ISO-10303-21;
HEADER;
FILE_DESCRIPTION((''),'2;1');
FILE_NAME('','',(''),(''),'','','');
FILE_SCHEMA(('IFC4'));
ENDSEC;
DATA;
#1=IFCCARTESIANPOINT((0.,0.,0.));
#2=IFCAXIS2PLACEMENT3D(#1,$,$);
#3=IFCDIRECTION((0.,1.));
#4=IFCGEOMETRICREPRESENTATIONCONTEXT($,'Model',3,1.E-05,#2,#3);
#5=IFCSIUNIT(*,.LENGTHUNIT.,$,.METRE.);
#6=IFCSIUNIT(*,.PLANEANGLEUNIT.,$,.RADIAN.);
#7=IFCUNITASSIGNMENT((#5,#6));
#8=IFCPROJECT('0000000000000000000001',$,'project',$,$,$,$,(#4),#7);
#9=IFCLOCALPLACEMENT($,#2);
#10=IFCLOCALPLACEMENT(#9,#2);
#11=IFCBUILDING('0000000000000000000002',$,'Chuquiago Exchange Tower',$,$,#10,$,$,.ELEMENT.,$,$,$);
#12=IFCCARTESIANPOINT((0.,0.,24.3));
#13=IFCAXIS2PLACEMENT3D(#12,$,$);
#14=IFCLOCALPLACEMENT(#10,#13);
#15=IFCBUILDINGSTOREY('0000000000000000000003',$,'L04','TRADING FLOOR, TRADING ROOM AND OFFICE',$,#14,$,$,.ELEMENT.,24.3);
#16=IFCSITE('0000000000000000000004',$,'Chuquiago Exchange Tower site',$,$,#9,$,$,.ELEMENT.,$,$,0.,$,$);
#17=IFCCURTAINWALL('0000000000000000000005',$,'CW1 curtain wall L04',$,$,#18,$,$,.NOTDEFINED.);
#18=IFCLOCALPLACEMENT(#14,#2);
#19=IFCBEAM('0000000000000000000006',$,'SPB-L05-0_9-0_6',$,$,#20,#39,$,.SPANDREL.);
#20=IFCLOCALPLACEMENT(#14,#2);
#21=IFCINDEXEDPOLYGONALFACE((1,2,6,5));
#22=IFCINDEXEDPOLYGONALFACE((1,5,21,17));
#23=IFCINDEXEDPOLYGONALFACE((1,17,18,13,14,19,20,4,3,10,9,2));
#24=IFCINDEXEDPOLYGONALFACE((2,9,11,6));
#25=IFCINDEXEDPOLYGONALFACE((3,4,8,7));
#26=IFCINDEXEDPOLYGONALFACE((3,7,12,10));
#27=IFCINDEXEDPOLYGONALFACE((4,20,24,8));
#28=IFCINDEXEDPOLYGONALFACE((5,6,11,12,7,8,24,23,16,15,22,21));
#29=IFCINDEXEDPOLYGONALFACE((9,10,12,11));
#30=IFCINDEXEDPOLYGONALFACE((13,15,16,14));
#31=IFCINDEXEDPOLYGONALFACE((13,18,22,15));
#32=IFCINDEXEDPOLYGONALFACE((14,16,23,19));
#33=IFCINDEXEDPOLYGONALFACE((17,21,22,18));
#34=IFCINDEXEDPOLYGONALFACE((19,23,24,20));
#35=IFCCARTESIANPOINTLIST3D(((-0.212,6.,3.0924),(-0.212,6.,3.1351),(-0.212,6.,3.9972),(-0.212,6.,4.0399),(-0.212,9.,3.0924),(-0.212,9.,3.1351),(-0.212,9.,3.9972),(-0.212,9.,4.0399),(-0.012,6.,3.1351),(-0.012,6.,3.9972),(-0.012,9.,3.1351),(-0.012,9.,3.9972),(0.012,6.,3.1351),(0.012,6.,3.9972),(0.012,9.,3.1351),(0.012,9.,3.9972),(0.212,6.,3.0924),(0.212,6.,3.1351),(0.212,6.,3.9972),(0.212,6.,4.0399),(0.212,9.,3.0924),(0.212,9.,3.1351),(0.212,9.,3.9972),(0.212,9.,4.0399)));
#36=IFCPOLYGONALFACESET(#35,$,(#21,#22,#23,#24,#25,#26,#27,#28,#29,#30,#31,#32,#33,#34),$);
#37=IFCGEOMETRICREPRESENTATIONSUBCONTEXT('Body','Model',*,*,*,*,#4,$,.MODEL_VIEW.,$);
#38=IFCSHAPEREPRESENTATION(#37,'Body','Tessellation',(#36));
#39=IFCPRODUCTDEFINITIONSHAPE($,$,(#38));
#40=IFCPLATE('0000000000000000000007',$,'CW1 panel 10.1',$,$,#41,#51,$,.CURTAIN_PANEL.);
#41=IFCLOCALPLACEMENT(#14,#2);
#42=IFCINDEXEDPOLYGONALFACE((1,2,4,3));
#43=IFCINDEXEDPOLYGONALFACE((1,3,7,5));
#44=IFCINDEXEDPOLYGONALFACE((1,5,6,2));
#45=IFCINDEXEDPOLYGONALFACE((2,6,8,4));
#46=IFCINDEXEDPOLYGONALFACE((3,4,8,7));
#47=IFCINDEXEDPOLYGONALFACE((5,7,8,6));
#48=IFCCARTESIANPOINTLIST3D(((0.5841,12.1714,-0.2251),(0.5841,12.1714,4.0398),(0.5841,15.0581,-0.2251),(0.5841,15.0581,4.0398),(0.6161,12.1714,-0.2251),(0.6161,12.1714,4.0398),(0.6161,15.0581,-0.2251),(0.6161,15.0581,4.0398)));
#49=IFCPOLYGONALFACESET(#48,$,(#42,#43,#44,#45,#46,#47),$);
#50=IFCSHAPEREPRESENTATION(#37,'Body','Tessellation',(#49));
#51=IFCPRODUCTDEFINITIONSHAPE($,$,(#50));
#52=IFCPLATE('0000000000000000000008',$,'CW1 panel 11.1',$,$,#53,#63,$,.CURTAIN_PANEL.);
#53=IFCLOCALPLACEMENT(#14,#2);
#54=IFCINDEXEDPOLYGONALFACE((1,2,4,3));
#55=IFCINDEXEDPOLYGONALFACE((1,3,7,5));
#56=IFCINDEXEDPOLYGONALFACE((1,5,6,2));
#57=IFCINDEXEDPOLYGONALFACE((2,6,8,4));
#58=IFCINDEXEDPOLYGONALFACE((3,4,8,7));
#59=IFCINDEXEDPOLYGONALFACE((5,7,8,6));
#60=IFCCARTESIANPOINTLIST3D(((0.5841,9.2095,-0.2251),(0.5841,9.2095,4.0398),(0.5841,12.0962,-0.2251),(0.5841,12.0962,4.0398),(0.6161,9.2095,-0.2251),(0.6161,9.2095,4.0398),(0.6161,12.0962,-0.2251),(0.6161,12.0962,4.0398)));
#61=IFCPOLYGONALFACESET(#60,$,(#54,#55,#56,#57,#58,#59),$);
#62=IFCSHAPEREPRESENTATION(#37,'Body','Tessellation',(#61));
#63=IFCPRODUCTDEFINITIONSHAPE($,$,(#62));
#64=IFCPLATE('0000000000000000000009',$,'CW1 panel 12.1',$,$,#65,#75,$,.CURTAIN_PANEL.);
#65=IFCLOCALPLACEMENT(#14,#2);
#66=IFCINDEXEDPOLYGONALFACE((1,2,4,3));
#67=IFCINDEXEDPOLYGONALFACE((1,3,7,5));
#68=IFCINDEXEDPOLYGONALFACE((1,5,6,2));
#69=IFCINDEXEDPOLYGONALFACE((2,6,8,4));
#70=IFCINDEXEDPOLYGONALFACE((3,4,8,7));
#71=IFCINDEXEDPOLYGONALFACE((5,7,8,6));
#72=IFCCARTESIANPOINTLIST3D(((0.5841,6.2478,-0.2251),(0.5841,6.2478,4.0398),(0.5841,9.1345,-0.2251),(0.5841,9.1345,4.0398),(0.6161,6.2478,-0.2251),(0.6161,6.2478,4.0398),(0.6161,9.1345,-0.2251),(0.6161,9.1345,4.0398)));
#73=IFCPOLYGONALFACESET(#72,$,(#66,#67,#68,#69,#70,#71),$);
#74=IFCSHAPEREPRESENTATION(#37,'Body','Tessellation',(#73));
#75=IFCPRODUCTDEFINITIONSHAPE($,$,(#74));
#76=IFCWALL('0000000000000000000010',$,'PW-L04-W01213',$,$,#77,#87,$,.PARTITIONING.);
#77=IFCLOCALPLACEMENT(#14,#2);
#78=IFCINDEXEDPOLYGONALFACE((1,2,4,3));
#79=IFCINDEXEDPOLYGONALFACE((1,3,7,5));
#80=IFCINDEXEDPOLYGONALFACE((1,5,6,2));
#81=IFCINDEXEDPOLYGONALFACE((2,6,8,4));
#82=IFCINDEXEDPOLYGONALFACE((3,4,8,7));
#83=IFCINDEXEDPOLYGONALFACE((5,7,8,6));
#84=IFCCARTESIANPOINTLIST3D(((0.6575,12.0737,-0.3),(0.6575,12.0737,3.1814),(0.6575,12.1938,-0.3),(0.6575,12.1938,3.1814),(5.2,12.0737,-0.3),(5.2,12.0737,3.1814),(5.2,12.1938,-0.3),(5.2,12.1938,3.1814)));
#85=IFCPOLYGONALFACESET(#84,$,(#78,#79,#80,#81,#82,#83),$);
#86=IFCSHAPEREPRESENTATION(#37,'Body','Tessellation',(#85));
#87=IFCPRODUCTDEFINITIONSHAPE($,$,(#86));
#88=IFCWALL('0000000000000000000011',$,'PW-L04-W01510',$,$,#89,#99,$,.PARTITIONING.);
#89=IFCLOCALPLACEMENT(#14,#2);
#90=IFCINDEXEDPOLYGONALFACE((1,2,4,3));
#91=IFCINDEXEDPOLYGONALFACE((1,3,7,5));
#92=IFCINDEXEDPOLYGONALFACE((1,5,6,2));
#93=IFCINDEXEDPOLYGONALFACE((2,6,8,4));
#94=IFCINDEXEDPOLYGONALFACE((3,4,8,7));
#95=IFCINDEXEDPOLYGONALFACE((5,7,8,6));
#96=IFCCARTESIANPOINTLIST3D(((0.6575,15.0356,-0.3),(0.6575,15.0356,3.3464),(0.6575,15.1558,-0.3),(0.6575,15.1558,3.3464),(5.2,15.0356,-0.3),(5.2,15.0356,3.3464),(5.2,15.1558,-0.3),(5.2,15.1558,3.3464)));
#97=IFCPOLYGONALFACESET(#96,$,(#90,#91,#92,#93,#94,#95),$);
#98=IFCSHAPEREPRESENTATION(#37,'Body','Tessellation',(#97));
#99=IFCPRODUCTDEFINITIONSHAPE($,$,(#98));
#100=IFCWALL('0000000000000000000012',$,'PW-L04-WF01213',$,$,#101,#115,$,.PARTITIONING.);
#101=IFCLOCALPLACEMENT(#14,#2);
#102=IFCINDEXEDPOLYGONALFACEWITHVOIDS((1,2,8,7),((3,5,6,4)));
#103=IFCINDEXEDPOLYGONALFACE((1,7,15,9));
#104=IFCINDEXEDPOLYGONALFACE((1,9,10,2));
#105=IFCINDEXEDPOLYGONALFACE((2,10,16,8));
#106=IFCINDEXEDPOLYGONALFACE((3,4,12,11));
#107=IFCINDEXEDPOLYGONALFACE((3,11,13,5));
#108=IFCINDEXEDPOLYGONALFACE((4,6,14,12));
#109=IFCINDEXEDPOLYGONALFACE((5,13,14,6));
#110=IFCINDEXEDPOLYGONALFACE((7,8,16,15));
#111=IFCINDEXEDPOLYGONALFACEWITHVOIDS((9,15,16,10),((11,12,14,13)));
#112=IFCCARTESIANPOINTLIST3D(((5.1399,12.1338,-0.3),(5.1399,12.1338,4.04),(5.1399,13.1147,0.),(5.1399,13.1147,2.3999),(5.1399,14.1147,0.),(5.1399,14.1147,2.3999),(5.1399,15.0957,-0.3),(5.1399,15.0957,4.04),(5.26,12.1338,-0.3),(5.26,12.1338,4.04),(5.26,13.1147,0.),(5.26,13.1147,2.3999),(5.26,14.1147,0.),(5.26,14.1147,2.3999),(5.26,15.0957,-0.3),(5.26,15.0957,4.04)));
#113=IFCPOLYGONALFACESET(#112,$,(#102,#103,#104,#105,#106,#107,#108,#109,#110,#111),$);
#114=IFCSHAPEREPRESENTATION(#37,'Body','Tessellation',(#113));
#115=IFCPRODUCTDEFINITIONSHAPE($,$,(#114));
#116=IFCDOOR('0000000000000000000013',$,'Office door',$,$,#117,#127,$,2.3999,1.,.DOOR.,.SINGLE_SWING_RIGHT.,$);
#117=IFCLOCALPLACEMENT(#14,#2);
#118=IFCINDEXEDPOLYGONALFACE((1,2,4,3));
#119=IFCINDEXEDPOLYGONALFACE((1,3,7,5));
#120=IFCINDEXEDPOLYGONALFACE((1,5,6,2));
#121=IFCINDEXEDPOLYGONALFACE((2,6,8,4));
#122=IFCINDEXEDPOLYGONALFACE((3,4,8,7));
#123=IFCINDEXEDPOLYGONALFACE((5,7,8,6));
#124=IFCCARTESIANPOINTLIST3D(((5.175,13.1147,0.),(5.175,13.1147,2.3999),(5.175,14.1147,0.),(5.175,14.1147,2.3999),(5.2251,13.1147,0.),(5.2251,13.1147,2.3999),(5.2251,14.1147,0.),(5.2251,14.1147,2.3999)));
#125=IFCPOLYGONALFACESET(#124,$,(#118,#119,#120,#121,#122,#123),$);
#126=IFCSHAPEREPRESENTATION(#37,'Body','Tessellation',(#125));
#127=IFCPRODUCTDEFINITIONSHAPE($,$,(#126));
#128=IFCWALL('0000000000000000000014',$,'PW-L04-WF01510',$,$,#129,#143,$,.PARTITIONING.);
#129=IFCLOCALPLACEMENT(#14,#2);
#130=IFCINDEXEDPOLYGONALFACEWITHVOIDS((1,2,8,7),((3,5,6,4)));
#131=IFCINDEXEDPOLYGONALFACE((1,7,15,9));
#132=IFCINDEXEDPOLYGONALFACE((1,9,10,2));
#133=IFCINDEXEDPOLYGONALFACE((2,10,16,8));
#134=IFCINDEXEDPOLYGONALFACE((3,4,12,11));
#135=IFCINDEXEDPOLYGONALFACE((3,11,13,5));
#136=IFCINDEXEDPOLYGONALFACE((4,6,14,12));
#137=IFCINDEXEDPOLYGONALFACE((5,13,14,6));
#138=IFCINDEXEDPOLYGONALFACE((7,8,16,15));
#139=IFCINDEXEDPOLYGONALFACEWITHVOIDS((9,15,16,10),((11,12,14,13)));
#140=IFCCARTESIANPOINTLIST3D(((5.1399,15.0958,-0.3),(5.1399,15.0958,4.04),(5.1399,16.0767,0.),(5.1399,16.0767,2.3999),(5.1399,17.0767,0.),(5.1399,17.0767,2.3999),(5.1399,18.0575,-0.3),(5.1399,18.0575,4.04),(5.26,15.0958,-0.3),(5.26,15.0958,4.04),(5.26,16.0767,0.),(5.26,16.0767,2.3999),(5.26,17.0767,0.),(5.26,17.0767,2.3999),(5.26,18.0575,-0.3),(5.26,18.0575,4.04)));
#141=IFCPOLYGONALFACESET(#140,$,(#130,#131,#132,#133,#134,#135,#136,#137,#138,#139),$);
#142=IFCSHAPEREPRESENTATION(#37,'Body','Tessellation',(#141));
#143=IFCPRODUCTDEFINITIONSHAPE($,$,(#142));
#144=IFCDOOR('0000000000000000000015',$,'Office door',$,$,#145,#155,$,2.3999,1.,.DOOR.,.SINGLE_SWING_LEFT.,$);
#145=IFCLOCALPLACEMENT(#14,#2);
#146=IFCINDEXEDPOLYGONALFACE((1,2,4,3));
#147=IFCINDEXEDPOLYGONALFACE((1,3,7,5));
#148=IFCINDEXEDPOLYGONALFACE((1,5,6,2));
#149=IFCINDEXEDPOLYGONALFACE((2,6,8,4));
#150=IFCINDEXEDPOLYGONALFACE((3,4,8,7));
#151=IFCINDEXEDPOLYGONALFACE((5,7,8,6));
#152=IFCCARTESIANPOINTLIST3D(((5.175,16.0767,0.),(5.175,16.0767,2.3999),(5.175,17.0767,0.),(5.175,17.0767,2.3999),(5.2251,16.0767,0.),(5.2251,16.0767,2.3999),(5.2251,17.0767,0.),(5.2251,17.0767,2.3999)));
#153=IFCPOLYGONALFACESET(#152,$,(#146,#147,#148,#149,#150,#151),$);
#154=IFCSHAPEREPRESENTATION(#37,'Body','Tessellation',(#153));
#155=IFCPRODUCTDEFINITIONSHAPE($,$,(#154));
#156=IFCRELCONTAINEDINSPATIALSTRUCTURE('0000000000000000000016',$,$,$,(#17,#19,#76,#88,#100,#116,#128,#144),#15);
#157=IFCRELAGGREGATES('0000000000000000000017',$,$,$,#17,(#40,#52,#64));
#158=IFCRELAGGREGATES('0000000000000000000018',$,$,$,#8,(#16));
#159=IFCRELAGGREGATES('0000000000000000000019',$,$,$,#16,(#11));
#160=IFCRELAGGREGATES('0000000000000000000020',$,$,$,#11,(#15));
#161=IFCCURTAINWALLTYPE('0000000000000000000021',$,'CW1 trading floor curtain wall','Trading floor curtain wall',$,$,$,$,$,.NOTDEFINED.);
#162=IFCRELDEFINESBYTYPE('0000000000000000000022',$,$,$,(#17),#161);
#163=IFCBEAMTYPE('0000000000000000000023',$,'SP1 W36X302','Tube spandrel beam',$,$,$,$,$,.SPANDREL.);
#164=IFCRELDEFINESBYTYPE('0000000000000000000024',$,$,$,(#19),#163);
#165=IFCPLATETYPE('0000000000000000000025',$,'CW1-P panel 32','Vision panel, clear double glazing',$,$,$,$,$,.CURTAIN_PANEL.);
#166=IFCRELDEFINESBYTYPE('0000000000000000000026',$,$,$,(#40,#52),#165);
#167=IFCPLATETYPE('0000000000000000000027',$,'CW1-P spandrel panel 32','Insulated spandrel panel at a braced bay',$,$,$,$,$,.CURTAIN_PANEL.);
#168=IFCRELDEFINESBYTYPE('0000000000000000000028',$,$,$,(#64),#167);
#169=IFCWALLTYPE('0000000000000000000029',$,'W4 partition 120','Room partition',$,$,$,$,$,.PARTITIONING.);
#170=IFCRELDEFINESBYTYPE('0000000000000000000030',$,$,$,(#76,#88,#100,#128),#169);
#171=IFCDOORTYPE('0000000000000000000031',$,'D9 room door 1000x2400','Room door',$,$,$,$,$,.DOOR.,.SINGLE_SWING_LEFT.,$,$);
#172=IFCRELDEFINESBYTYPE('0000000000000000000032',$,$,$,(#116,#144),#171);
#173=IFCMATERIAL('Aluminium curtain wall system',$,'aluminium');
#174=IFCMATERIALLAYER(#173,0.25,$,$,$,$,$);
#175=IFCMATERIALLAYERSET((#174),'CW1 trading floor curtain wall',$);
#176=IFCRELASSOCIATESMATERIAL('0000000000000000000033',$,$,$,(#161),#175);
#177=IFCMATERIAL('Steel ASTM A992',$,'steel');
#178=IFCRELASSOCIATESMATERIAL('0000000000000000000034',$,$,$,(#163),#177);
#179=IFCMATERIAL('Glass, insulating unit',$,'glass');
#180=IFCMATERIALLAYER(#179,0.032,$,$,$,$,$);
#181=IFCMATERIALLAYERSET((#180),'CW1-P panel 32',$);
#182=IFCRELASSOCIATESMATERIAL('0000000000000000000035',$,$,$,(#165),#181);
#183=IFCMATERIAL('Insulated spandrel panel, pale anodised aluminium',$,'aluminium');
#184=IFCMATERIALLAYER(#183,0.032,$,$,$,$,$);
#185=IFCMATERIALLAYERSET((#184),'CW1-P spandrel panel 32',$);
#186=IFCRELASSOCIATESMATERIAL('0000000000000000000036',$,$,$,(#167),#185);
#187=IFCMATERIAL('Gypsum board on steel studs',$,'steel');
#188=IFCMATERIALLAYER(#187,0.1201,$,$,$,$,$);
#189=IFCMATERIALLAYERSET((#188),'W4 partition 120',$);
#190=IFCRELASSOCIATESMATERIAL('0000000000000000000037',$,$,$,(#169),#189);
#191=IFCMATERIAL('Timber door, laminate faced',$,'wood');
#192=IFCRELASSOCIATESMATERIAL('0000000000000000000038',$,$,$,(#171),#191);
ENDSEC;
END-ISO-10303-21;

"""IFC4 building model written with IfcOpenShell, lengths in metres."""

from ifc_helpers import new_model, si_unit, direction, frame, frame_2d, origin, origin_2d, place, context, subcontext, project, spatial, rectangle, i_section, extrude, material, layer, layer_set, material_profile, profile_set, type_object, element, fill, aggregate, save


model = new_model("IFC4")

# Units and contexts
model_context = context("Model", 3, precision=1e-05, world=origin(), true_north=direction((0.0, 1.0)))
body_context = subcontext(model_context, "Body", "Model", "MODEL_VIEW")
ifc_project = project(units=[si_unit("LENGTHUNIT", "METRE"), si_unit("PLANEANGLEUNIT", "RADIAN")], contexts=[model_context])

# Site, building, storey
site_placement = place(None, origin())
site = spatial("IfcSite", under=ifc_project, at=site_placement, Name="Chuquiago Exchange Tower site", CompositionType="ELEMENT", RefElevation=0.0)
building_placement = place(site_placement, origin())
building = spatial("IfcBuilding", under=site, at=building_placement, Name="Chuquiago Exchange Tower", CompositionType="ELEMENT")
storey_placement = place(building_placement, frame((0.0, 0.0, 24.3)))
storey = spatial("IfcBuildingStorey", under=building, at=storey_placement, Name="L04", Description="TRADING FLOOR, TRADING ROOM AND OFFICE", CompositionType="ELEMENT", Elevation=24.3)

# Curtain wall
ifc_material_1 = material(Name="Aluminium curtain wall system", Category="aluminium")
ifc_layer_1 = layer(ifc_material_1, 0.25)
ifc_layer_set_1 = layer_set([ifc_layer_1], Name="CW1 trading floor curtain wall")
curtain_wall_type = type_object("IfcCurtainWallType", Name="CW1 trading floor curtain wall", Description="Trading floor curtain wall", PredefinedType="NOTDEFINED", material=ifc_layer_set_1)
curtain_wall_placement = place(storey_placement, origin())
curtain_wall = element("IfcCurtainWall", 1, at=curtain_wall_placement, inside=storey, type_object=curtain_wall_type, Name="CW1 curtain wall L04", PredefinedType="NOTDEFINED")

# Beam
ifc_material_2 = material(Name="Steel ASTM A992", Category="steel")
ifc_material_profile_1 = material_profile(ifc_material_2, i_section(OverallWidth=0.4241, OverallDepth=0.9475, WebThickness=0.0239, FlangeThickness=0.0427, at=origin_2d()), Name="W36X302")
ifc_profile_set_1 = profile_set([ifc_material_profile_1], Name="Steel ASTM A992")
beam_type = type_object("IfcBeamType", Name="SP1 W36X302", Description="Tube spandrel beam", PredefinedType="SPANDREL", material=ifc_profile_set_1)
for number, where, z_axis, x_axis, name in (
    (2, (0.0, 9.0, 3.5662), (0.0, -1.0, 0.0), (1.0, 0.0, 0.0), "SPB-L05-0_9-0_6"),
):
    element("IfcBeam", number, at=place(storey_placement, frame(where, z_axis=z_axis, x_axis=x_axis)), inside=storey, type_object=beam_type, Name=name, PredefinedType="SPANDREL", context=body_context, shape_type="SweptSolid", body=[
        extrude(i_section(OverallWidth=0.4241, OverallDepth=0.9475, WebThickness=0.0239, FlangeThickness=0.0427, at=origin_2d()), origin(), (0.0, 0.0, 1.0), 3.0),
    ])

# Plates
ifc_material_3 = material(Name="Glass, insulating unit", Category="glass")
ifc_layer_2 = layer(ifc_material_3, 0.032)
ifc_layer_set_2 = layer_set([ifc_layer_2], Name="CW1-P panel 32")
plate_type_1 = type_object("IfcPlateType", Name="CW1-P panel 32", Description="Vision panel, clear double glazing", PredefinedType="CURTAIN_PANEL", material=ifc_layer_set_2)
plate_1_placement = place(storey_placement, frame((0.6001, 13.6147, -0.2251), z_axis=(0.0, 0.0, 1.0), x_axis=(0.0, -1.0, 0.0)))
plate_1 = element("IfcPlate", 3, at=plate_1_placement, type_object=plate_type_1, Name="CW1 panel 10.1", PredefinedType="CURTAIN_PANEL", context=body_context, shape_type="SweptSolid", body=[
    extrude(rectangle(XDim=2.8867, YDim=0.032, at=origin_2d()), origin(), (0.0, 0.0, 1.0), 4.2649),
])
plate_2_placement = place(storey_placement, frame((0.6001, 10.6528, -0.2251), z_axis=(0.0, 0.0, 1.0), x_axis=(0.0, -1.0, 0.0)))
plate_2 = element("IfcPlate", 4, at=plate_2_placement, type_object=plate_type_1, Name="CW1 panel 11.1", PredefinedType="CURTAIN_PANEL", context=body_context, shape_type="SweptSolid", body=[
    extrude(rectangle(XDim=2.8867, YDim=0.032, at=origin_2d()), origin(), (0.0, 0.0, 1.0), 4.2649),
])
ifc_material_4 = material(Name="Insulated spandrel panel, pale anodised aluminium", Category="aluminium")
ifc_layer_3 = layer(ifc_material_4, 0.032)
ifc_layer_set_3 = layer_set([ifc_layer_3], Name="CW1-P spandrel panel 32")
plate_type_2 = type_object("IfcPlateType", Name="CW1-P spandrel panel 32", Description="Insulated spandrel panel at a braced bay", PredefinedType="CURTAIN_PANEL", material=ifc_layer_set_3)
plate_3_placement = place(storey_placement, frame((0.6001, 7.6912, -0.2251), z_axis=(0.0, 0.0, 1.0), x_axis=(0.0, -1.0, 0.0)))
plate_3 = element("IfcPlate", 5, at=plate_3_placement, type_object=plate_type_2, Name="CW1 panel 12.1", PredefinedType="CURTAIN_PANEL", context=body_context, shape_type="SweptSolid", body=[
    extrude(rectangle(XDim=2.8867, YDim=0.032, at=origin_2d()), origin(), (0.0, 0.0, 1.0), 4.2649),
])
aggregate(curtain_wall, [plate_1, plate_2, plate_3])

# Walls
ifc_material_5 = material(Name="Gypsum board on steel studs", Category="steel")
ifc_layer_4 = layer(ifc_material_5, 0.1201)
ifc_layer_set_4 = layer_set([ifc_layer_4], Name="W4 partition 120")
wall_type = type_object("IfcWallType", Name="W4 partition 120", Description="Room partition", PredefinedType="PARTITIONING", material=ifc_layer_set_4)
wall_1_placement = place(storey_placement, frame((0.6575, 12.1338, -0.3), z_axis=(0.0, 0.0, 1.0), x_axis=(1.0, 0.0, 0.0)))
element("IfcWall", 6, at=wall_1_placement, inside=storey, type_object=wall_type, Name="PW-L04-W01213", PredefinedType="PARTITIONING", context=body_context, shape_type="SweptSolid", body=[
    extrude(rectangle(XDim=4.5425, YDim=0.1201, at=frame_2d((2.2712, 0.0))), origin(), (0.0, 0.0, 1.0), 3.4814),
])
wall_2_placement = place(storey_placement, frame((0.6575, 15.0957, -0.3), z_axis=(0.0, 0.0, 1.0), x_axis=(1.0, 0.0, 0.0)))
element("IfcWall", 7, at=wall_2_placement, inside=storey, type_object=wall_type, Name="PW-L04-W01510", PredefinedType="PARTITIONING", context=body_context, shape_type="SweptSolid", body=[
    extrude(rectangle(XDim=4.5425, YDim=0.1201, at=frame_2d((2.2712, 0.0))), origin(), (0.0, 0.0, 1.0), 3.6465),
])

# Walls, openings, doors
wall_3_placement = place(storey_placement, frame((5.2, 12.1338, -0.3), z_axis=(0.0, 0.0, 1.0), x_axis=(0.0, 1.0, 0.0)))
wall_3 = element("IfcWall", 8, at=wall_3_placement, inside=storey, type_object=wall_type, Name="PW-L04-WF01213", PredefinedType="PARTITIONING", context=body_context, shape_type="SweptSolid", body=[
    extrude(rectangle(XDim=2.9619, YDim=0.1201, at=frame_2d((1.481, 0.0))), origin(), (0.0, 0.0, 1.0), 4.3401),
])
opening_1_placement = place(wall_3_placement, frame((0.981, 0.0, 0.3)))
opening_1 = element("IfcOpeningElement", 9, at=opening_1_placement, cuts=wall_3, PredefinedType="OPENING", context=body_context, shape_type="SweptSolid", body=[
    extrude(rectangle(XDim=1.0, YDim=2.3999, at=frame_2d((0.5, 1.2))), frame((0.0, 0.0701, 0.0), z_axis=(0.0, -1.0, 0.0), x_axis=(1.0, 0.0, 0.0)), (0.0, 0.0, 1.0), 0.1401),
])
ifc_material_6 = material(Name="Timber door, laminate faced", Category="wood")
door_type = type_object("IfcDoorType", Name="D9 room door 1000x2400", Description="Room door", OperationType="SINGLE_SWING_LEFT", PredefinedType="DOOR", material=ifc_material_6)
door_1_placement = place(opening_1_placement, origin())
door_1 = element("IfcDoor", 10, at=door_1_placement, inside=storey, type_object=door_type, Name="Office door", OperationType="SINGLE_SWING_RIGHT", OverallHeight=2.3999, OverallWidth=1.0, PredefinedType="DOOR", context=body_context, shape_type="SweptSolid", body=[
    extrude(rectangle(XDim=1.0, YDim=2.3999, at=frame_2d((0.5, 1.2))), frame((0.0, 0.0249, 0.0), z_axis=(0.0, -1.0, 0.0), x_axis=(1.0, 0.0, 0.0)), (0.0, 0.0, 1.0), 0.05),
])
fill(opening_1, door_1)
wall_4_placement = place(storey_placement, frame((5.2, 15.0957, -0.3), z_axis=(0.0, 0.0, 1.0), x_axis=(0.0, 1.0, 0.0)))
wall_4 = element("IfcWall", 11, at=wall_4_placement, inside=storey, type_object=wall_type, Name="PW-L04-WF01510", PredefinedType="PARTITIONING", context=body_context, shape_type="SweptSolid", body=[
    extrude(rectangle(XDim=2.9617, YDim=0.1201, at=frame_2d((1.481, 0.0))), origin(), (0.0, 0.0, 1.0), 4.3401),
])
opening_2_placement = place(wall_4_placement, frame((0.981, 0.0, 0.3)))
opening_2 = element("IfcOpeningElement", 12, at=opening_2_placement, cuts=wall_4, PredefinedType="OPENING", context=body_context, shape_type="SweptSolid", body=[
    extrude(rectangle(XDim=1.0, YDim=2.3999, at=frame_2d((0.5, 1.2))), frame((0.0, 0.0701, 0.0), z_axis=(0.0, -1.0, 0.0), x_axis=(1.0, 0.0, 0.0)), (0.0, 0.0, 1.0), 0.1401),
])
door_2_placement = place(opening_2_placement, origin())
door_2 = element("IfcDoor", 13, at=door_2_placement, inside=storey, type_object=door_type, Name="Office door", OperationType="SINGLE_SWING_LEFT", OverallHeight=2.3999, OverallWidth=1.0, PredefinedType="DOOR", context=body_context, shape_type="SweptSolid", body=[
    extrude(rectangle(XDim=1.0, YDim=2.3999, at=frame_2d((0.5, 1.2))), frame((0.0, 0.0249, 0.0), z_axis=(0.0, -1.0, 0.0), x_axis=(1.0, 0.0, 0.0)), (0.0, 0.0, 1.0), 0.05),
])
fill(opening_2, door_2)

save(model, "model.ifc")
